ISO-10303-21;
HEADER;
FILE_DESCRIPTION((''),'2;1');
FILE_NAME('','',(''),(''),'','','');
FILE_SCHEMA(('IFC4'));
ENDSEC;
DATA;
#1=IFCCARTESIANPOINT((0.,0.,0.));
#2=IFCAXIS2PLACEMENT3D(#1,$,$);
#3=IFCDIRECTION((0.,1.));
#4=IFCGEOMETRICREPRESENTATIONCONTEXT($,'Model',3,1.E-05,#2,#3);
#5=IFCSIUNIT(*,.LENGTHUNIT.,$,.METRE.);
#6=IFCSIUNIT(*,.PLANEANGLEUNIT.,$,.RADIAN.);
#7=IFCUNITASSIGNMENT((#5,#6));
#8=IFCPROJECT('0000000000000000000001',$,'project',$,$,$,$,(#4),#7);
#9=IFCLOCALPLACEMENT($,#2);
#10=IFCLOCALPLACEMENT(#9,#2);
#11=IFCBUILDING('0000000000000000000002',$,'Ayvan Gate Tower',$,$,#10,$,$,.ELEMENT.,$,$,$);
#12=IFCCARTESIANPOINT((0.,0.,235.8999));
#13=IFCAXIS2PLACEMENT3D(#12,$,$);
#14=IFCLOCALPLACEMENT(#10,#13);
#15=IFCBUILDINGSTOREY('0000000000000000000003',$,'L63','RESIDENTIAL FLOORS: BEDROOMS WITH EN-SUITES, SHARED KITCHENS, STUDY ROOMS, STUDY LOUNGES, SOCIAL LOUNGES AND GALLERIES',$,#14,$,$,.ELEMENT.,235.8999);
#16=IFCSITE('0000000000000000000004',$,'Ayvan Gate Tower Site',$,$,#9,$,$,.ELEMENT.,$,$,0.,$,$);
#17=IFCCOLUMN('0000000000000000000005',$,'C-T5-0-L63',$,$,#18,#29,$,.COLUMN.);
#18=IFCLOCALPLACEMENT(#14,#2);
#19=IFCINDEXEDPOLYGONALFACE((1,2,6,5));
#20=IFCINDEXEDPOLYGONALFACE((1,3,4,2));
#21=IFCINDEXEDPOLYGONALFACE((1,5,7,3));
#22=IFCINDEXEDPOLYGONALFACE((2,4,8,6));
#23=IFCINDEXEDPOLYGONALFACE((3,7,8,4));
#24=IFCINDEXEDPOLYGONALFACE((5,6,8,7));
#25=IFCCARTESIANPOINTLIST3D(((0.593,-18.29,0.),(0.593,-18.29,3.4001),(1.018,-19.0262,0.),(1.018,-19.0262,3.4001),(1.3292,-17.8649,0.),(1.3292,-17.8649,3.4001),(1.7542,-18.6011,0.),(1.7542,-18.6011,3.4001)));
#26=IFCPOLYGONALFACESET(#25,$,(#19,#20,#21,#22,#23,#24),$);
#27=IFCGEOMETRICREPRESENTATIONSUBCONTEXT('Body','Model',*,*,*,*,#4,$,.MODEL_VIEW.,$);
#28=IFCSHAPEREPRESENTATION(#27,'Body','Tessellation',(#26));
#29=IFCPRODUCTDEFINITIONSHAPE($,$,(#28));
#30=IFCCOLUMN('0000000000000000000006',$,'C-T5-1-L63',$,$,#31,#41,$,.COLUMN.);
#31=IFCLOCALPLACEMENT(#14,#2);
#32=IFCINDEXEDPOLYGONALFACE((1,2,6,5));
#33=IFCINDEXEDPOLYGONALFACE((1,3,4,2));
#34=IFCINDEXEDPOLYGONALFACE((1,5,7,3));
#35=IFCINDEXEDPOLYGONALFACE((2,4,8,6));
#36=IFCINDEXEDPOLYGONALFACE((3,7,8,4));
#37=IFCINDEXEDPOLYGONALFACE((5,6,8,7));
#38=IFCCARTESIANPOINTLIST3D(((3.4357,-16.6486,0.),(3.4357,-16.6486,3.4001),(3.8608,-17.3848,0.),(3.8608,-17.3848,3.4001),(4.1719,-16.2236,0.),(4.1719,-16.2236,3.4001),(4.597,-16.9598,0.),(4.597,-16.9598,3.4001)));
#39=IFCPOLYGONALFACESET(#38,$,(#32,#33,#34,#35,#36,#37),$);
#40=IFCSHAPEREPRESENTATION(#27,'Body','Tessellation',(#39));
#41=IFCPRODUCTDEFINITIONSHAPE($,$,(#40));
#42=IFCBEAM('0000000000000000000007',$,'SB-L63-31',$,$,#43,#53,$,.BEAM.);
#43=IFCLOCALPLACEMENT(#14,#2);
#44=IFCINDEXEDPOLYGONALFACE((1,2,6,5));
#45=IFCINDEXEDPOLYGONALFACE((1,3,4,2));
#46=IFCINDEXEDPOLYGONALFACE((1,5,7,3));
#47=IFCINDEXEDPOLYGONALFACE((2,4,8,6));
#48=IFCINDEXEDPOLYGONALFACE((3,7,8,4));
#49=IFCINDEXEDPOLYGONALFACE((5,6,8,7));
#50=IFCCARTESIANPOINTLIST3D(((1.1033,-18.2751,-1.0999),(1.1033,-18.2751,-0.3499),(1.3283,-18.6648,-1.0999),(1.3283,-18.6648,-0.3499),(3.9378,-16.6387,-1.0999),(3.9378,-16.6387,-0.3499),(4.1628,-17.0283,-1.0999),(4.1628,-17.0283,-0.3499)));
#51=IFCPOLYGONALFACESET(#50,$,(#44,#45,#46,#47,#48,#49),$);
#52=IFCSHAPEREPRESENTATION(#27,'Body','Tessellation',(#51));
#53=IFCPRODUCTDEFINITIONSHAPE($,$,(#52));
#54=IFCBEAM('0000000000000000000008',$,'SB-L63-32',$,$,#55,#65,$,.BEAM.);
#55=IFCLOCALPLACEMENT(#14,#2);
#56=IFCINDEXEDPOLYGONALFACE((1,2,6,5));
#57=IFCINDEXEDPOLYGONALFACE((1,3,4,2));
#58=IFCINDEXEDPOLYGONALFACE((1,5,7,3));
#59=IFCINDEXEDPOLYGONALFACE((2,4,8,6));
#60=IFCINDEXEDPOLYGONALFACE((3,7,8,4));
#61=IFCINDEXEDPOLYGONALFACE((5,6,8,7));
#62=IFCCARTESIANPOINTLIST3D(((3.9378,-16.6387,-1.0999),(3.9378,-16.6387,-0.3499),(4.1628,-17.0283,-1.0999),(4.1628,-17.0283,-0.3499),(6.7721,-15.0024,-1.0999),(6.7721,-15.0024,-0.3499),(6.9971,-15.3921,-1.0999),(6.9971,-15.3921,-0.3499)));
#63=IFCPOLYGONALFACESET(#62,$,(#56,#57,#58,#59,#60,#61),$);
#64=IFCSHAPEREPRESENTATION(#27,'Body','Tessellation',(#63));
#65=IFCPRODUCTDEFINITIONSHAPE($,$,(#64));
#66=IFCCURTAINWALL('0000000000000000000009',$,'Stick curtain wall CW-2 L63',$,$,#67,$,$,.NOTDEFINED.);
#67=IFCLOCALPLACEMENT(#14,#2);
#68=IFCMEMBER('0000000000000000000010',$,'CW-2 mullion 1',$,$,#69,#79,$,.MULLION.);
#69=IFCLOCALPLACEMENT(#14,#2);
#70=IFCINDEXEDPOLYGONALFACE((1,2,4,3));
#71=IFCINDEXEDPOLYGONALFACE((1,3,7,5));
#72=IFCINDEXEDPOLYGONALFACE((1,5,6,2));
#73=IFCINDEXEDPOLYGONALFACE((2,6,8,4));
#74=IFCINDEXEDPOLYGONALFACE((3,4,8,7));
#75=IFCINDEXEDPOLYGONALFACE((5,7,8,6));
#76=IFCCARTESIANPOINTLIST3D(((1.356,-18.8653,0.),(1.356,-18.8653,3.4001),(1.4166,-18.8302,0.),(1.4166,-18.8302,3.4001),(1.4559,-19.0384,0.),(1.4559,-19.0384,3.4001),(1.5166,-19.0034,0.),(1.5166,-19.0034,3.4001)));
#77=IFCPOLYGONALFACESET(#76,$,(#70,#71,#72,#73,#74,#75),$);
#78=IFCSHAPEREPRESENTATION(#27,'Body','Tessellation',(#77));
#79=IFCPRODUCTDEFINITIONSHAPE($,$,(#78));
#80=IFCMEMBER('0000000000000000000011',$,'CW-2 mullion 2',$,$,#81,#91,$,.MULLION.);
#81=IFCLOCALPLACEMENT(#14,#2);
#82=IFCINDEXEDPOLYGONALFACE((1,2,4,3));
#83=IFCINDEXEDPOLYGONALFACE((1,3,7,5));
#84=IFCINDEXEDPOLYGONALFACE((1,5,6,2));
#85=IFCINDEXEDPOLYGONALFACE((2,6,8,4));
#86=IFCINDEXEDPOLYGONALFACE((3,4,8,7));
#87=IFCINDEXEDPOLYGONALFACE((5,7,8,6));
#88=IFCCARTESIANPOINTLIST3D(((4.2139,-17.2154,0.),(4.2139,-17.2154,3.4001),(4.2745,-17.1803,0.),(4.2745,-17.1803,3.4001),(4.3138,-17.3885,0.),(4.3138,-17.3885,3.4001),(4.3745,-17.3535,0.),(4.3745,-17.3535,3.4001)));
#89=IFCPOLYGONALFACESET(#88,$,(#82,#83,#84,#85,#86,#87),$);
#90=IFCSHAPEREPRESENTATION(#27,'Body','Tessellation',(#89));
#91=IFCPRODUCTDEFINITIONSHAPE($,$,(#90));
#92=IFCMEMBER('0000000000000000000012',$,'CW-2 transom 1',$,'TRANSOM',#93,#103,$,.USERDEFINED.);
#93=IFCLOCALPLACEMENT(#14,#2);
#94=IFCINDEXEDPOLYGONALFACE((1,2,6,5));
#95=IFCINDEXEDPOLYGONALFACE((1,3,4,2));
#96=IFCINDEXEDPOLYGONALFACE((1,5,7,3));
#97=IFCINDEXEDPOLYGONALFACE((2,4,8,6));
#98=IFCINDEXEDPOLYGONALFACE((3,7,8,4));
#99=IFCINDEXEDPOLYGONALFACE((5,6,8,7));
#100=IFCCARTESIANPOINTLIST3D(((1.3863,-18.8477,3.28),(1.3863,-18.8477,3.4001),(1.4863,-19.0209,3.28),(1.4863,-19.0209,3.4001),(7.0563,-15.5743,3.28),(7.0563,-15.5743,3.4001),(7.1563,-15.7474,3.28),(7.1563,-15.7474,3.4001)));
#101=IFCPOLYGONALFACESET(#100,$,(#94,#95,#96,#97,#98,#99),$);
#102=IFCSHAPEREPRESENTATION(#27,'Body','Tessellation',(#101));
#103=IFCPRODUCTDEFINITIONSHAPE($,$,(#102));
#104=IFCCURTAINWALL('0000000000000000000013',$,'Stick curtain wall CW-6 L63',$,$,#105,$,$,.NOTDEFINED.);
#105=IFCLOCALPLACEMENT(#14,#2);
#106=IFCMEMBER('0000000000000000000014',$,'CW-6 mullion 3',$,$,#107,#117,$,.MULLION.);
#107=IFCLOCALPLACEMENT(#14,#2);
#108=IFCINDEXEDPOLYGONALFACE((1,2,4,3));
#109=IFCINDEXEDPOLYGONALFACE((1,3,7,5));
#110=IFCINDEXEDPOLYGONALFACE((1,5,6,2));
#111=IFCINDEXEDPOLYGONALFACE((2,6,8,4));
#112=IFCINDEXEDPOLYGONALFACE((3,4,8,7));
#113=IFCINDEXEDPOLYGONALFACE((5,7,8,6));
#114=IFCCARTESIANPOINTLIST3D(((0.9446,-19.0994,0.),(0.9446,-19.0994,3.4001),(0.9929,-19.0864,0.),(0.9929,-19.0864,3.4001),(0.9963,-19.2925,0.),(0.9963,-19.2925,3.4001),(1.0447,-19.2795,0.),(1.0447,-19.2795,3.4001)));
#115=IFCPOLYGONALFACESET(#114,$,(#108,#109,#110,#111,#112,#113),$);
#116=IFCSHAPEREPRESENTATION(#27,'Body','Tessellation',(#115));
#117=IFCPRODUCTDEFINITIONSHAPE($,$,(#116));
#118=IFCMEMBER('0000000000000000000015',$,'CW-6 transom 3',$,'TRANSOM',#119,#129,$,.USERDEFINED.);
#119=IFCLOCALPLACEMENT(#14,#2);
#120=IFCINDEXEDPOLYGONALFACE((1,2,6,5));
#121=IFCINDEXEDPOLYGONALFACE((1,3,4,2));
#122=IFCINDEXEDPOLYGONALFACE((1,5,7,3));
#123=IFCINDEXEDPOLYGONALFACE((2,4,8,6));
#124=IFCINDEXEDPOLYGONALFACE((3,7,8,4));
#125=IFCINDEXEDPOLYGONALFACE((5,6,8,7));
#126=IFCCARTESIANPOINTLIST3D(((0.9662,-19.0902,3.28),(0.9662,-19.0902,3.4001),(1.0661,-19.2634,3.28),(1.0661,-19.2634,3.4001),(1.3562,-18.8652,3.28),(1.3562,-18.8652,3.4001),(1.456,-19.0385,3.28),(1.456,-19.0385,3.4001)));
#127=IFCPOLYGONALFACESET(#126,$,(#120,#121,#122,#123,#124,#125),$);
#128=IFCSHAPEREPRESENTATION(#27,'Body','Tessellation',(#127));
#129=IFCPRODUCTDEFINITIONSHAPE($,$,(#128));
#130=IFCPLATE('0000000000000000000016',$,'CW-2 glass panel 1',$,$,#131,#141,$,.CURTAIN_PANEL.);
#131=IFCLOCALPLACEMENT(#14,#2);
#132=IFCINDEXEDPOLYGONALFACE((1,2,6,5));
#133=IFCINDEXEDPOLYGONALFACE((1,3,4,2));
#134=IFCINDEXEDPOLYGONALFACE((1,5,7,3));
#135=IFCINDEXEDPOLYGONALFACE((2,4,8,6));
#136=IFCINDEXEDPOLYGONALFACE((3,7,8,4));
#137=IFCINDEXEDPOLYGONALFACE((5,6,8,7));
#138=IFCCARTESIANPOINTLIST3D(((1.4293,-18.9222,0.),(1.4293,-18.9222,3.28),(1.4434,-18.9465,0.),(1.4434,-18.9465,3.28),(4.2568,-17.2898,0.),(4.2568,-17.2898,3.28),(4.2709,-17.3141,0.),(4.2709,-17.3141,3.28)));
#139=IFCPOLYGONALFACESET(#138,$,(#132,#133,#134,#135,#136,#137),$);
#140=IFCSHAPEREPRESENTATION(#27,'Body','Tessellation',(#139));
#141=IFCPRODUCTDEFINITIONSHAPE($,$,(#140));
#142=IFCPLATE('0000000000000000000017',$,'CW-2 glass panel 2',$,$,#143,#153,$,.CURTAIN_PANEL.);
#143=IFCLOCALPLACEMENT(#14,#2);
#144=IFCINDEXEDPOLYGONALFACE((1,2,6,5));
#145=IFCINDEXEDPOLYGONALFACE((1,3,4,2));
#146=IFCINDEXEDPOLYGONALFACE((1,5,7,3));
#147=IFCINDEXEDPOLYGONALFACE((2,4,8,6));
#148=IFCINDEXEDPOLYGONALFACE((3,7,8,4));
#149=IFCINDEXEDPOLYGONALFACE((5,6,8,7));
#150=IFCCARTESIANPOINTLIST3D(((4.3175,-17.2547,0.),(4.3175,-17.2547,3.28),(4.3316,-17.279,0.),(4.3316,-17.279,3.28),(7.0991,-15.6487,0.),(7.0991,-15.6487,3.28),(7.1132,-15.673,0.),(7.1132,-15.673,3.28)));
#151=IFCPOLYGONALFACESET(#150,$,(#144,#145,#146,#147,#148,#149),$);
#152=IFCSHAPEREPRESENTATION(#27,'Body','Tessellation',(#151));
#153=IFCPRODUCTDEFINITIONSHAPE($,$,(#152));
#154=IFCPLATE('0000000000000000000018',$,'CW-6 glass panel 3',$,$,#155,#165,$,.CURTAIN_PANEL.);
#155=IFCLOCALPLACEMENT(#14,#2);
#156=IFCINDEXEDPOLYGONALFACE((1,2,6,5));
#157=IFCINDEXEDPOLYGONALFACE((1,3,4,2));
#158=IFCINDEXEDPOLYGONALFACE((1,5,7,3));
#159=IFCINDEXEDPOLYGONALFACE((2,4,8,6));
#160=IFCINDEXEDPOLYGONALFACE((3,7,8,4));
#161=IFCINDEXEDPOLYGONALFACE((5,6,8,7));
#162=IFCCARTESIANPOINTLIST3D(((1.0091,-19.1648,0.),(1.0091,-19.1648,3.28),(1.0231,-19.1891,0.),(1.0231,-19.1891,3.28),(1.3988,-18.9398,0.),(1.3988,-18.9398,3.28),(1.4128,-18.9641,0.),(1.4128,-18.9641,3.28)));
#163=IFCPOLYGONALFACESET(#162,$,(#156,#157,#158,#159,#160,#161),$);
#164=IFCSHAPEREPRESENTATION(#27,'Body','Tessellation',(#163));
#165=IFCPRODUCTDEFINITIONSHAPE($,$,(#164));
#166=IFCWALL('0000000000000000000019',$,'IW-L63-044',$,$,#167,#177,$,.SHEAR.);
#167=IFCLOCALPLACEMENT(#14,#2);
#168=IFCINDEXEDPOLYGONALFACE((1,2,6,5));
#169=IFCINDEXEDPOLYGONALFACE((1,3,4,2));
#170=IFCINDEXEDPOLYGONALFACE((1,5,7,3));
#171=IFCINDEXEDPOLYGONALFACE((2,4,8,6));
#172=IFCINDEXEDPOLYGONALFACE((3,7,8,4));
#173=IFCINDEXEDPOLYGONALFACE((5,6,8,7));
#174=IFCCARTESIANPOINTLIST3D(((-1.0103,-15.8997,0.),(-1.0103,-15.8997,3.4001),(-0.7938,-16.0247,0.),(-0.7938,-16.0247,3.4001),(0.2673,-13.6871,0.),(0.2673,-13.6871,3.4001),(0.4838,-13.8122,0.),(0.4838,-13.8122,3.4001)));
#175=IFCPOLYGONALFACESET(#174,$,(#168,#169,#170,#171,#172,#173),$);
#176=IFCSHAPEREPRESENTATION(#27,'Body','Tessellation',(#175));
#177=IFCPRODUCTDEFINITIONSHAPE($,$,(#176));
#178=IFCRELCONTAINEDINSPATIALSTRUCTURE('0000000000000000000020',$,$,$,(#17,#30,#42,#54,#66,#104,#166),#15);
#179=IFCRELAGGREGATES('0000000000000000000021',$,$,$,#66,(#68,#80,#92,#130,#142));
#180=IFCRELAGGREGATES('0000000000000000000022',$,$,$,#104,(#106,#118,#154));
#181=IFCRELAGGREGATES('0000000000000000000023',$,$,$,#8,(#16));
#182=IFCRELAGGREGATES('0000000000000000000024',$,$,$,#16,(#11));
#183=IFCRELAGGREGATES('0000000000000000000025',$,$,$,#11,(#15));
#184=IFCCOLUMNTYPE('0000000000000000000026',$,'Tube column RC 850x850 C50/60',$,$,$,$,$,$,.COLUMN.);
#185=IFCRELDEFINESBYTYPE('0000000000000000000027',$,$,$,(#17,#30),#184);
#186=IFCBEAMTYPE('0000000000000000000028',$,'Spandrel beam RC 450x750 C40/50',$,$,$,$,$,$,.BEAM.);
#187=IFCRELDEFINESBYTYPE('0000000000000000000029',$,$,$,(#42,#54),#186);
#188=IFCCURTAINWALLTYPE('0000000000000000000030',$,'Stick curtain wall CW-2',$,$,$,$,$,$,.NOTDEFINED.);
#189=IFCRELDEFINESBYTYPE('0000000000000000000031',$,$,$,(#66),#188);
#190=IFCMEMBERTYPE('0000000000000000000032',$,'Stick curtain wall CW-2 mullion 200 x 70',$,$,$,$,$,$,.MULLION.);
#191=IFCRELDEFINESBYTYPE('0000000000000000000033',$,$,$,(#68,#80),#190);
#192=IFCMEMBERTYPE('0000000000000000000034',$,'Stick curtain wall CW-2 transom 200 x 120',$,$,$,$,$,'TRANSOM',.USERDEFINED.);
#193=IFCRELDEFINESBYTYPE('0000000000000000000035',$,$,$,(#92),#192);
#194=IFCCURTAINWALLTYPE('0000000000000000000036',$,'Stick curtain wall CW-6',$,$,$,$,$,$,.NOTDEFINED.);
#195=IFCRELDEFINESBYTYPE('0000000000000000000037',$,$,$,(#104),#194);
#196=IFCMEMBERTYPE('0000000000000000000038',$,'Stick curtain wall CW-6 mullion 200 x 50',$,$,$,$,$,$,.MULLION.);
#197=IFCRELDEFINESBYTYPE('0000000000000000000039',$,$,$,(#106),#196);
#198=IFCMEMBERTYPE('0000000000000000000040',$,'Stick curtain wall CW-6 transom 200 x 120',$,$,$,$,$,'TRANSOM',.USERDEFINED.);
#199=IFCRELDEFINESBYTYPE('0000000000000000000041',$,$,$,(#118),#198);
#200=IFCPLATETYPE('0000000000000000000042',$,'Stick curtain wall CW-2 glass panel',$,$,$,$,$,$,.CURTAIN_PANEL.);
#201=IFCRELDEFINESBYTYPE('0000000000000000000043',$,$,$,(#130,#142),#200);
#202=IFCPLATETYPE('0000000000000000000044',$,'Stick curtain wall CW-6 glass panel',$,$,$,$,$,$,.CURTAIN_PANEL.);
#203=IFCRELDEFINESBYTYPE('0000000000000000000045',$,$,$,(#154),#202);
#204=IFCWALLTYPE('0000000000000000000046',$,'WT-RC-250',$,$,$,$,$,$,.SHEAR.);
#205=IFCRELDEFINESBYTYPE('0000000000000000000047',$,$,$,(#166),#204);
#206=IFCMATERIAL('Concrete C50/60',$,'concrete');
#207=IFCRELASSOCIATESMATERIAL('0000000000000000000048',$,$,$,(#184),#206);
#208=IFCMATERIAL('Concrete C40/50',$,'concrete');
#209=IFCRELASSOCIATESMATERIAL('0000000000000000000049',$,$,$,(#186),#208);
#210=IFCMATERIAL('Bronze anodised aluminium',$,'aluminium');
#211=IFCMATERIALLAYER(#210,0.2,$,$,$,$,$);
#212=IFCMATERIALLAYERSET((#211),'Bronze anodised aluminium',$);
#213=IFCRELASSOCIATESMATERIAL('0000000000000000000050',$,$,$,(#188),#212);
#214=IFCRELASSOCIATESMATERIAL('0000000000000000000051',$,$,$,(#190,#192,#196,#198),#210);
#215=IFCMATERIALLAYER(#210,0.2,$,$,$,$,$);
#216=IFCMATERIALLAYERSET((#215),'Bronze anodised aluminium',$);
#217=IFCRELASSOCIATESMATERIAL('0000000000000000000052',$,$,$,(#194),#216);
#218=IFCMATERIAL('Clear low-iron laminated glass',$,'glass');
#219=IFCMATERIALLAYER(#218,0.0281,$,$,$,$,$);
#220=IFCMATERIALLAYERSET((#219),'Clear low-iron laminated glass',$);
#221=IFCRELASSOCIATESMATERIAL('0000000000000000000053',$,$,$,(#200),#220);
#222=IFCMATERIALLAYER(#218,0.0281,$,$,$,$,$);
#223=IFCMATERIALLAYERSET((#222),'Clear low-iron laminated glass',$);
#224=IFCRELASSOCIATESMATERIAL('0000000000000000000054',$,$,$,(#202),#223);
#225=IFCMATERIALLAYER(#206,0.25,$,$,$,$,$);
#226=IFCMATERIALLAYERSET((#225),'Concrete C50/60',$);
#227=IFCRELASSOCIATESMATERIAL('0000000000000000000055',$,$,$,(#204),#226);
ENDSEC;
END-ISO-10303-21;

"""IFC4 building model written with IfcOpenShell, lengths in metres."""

from ifc_helpers import new_model, si_unit, direction, frame, frame_2d, origin, origin_2d, place, context, subcontext, project, spatial, rectangle, extrude, material, layer, layer_set, material_profile, profile_set, type_object, element, aggregate, save


model = new_model("IFC4")

# Units and contexts
model_context = context("Model", 3, precision=1e-05, world=origin(), true_north=direction((0.0, 1.0)))
body_context = subcontext(model_context, "Body", "Model", "MODEL_VIEW")
ifc_project = project(units=[si_unit("LENGTHUNIT", "METRE"), si_unit("PLANEANGLEUNIT", "RADIAN")], contexts=[model_context])

# Site, building, storey
site_placement = place(None, origin())
site = spatial("IfcSite", under=ifc_project, at=site_placement, Name="Ayvan Gate Tower Site", CompositionType="ELEMENT", RefElevation=0.0)
building_placement = place(site_placement, origin())
building = spatial("IfcBuilding", under=site, at=building_placement, Name="Ayvan Gate Tower", CompositionType="ELEMENT")
storey_placement = place(building_placement, frame((0.0, 0.0, 235.8999)))
storey = spatial("IfcBuildingStorey", under=building, at=storey_placement, Name="L63", Description="RESIDENTIAL FLOORS: BEDROOMS WITH EN-SUITES, SHARED KITCHENS, STUDY ROOMS, STUDY LOUNGES, SOCIAL LOUNGES AND GALLERIES", CompositionType="ELEMENT", Elevation=235.8999)

# Columns
ifc_material_1 = material(Name="Concrete C50/60", Category="concrete")
ifc_material_profile_1 = material_profile(ifc_material_1, rectangle(XDim=0.8501, YDim=0.8501, at=origin_2d()), Name="RC 850x850")
ifc_profile_set_1 = profile_set([ifc_material_profile_1], Name="Concrete C50/60")
column_type = type_object("IfcColumnType", Name="Tube column RC 850x850 C50/60", PredefinedType="COLUMN", material=ifc_profile_set_1)
for number, where, z_axis, x_axis, name in (
    (1, (1.1736, -18.4456, 0.0), (0.0, 0.0, 1.0), (0.5, -0.866025, 0.0), "C-T5-0-L63"),
    (2, (4.0164, -16.8042, 0.0), (0.0, 0.0, 1.0), (0.5, -0.866025, 0.0), "C-T5-1-L63"),
):
    element("IfcColumn", number, at=place(storey_placement, frame(where, z_axis=z_axis, x_axis=x_axis)), inside=storey, type_object=column_type, Name=name, PredefinedType="COLUMN", context=body_context, shape_type="SweptSolid", body=[
        extrude(rectangle(XDim=0.8501, YDim=0.8501, at=origin_2d()), origin(), (0.0, 0.0, 1.0), 3.4001),
    ])

# Beams
ifc_material_2 = material(Name="Concrete C40/50", Category="concrete")
ifc_material_profile_2 = material_profile(ifc_material_2, rectangle(XDim=0.45, YDim=0.75, at=origin_2d()), Name="RC 450x750")
ifc_profile_set_2 = profile_set([ifc_material_profile_2], Name="Concrete C40/50")
beam_type = type_object("IfcBeamType", Name="Spandrel beam RC 450x750 C40/50", PredefinedType="BEAM", material=ifc_profile_set_2)
beam_1_placement = place(storey_placement, frame((1.2158, -18.47, -0.7249), z_axis=(0.866027, 0.499998, 0.0), x_axis=(-0.499998, 0.866027, 0.0)))
element("IfcBeam", 3, at=beam_1_placement, inside=storey, type_object=beam_type, Name="SB-L63-31", PredefinedType="BEAM", context=body_context, shape_type="SweptSolid", body=[
    extrude(rectangle(XDim=0.45, YDim=0.75, at=origin_2d()), origin(), (0.0, 0.0, 1.0), 3.2729),
])
beam_2_placement = place(storey_placement, frame((4.0503, -16.8335, -0.7249), z_axis=(0.86604, 0.499974, 0.0), x_axis=(-0.499974, 0.86604, 0.0)))
element("IfcBeam", 4, at=beam_2_placement, inside=storey, type_object=beam_type, Name="SB-L63-32", PredefinedType="BEAM", context=body_context, shape_type="SweptSolid", body=[
    extrude(rectangle(XDim=0.45, YDim=0.75, at=origin_2d()), origin(), (0.0, 0.0, 1.0), 3.2727),
])

# Curtain walls, members
ifc_material_3 = material(Name="Bronze anodised aluminium", Category="aluminium")
ifc_layer_1 = layer(ifc_material_3, 0.2)
ifc_layer_set_1 = layer_set([ifc_layer_1], Name="Bronze anodised aluminium")
curtain_wall_type_1 = type_object("IfcCurtainWallType", Name="Stick curtain wall CW-2", PredefinedType="NOTDEFINED", material=ifc_layer_set_1)
curtain_wall_1_placement = place(storey_placement, origin())
curtain_wall_1 = element("IfcCurtainWall", 5, at=curtain_wall_1_placement, inside=storey, type_object=curtain_wall_type_1, Name="Stick curtain wall CW-2 L63", PredefinedType="NOTDEFINED")
ifc_material_profile_3 = material_profile(ifc_material_3, rectangle(XDim=0.2, YDim=0.0701, at=origin_2d()), Name="Stick curtain wall CW-2 mullion 200 x 70")
ifc_profile_set_3 = profile_set([ifc_material_profile_3], Name="Bronze anodised aluminium")
member_type_1 = type_object("IfcMemberType", Name="Stick curtain wall CW-2 mullion 200 x 70", PredefinedType="MULLION", material=ifc_profile_set_3)
member_1_placement = place(storey_placement, frame((1.4363, -18.9343, 0.0), z_axis=(0.0, 0.0, 1.0), x_axis=(0.5, -0.866025, 0.0)))
member_1 = element("IfcMember", 6, at=member_1_placement, type_object=member_type_1, Name="CW-2 mullion 1", PredefinedType="MULLION", context=body_context, shape_type="SweptSolid", body=[
    extrude(rectangle(XDim=0.2, YDim=0.0701, at=origin_2d()), origin(), (0.0, 0.0, 1.0), 3.4001),
])
member_2_placement = place(storey_placement, frame((4.2942, -17.2844, 0.0), z_axis=(0.0, 0.0, 1.0), x_axis=(0.5, -0.866025, 0.0)))
member_2 = element("IfcMember", 7, at=member_2_placement, type_object=member_type_1, Name="CW-2 mullion 2", PredefinedType="MULLION", context=body_context, shape_type="SweptSolid", body=[
    extrude(rectangle(XDim=0.2, YDim=0.0701, at=origin_2d()), origin(), (0.0, 0.0, 1.0), 3.4001),
])
ifc_material_profile_4 = material_profile(ifc_material_3, rectangle(XDim=0.2, YDim=0.1201, at=origin_2d()), Name="Stick curtain wall CW-2 transom 200 x 120")
ifc_profile_set_4 = profile_set([ifc_material_profile_4], Name="Bronze anodised aluminium")
member_type_2 = type_object("IfcMemberType", Name="Stick curtain wall CW-2 transom 200 x 120", ElementType="TRANSOM", PredefinedType="USERDEFINED", material=ifc_profile_set_4)
member_3_placement = place(storey_placement, frame((1.4363, -18.9343, 3.3401), z_axis=(0.866032, 0.499989, 0.0), x_axis=(-0.499989, 0.866032, 0.0)))
member_3 = element("IfcMember", 8, at=member_3_placement, type_object=member_type_2, Name="CW-2 transom 1", ObjectType="TRANSOM", PredefinedType="USERDEFINED", context=body_context, shape_type="SweptSolid", body=[
    extrude(rectangle(XDim=0.2, YDim=0.1201, at=origin_2d()), origin(), (0.0, 0.0, 1.0), 6.5471),
])
ifc_layer_2 = layer(ifc_material_3, 0.2)
ifc_layer_set_2 = layer_set([ifc_layer_2], Name="Bronze anodised aluminium")
curtain_wall_type_2 = type_object("IfcCurtainWallType", Name="Stick curtain wall CW-6", PredefinedType="NOTDEFINED", material=ifc_layer_set_2)
curtain_wall_2_placement = place(storey_placement, origin())
curtain_wall_2 = element("IfcCurtainWall", 9, at=curtain_wall_2_placement, inside=storey, type_object=curtain_wall_type_2, Name="Stick curtain wall CW-6 L63", PredefinedType="NOTDEFINED")
ifc_material_profile_5 = material_profile(ifc_material_3, rectangle(XDim=0.2, YDim=0.05, at=origin_2d()), Name="Stick curtain wall CW-6 mullion 200 x 50")
ifc_profile_set_5 = profile_set([ifc_material_profile_5], Name="Bronze anodised aluminium")
member_type_3 = type_object("IfcMemberType", Name="Stick curtain wall CW-6 mullion 200 x 50", PredefinedType="MULLION", material=ifc_profile_set_5)
member_4_placement = place(storey_placement, frame((0.9946, -19.1895, 0.0), z_axis=(0.0, 0.0, 1.0), x_axis=(0.258819, -0.965926, 0.0)))
member_4 = element("IfcMember", 10, at=member_4_placement, type_object=member_type_3, Name="CW-6 mullion 3", PredefinedType="MULLION", context=body_context, shape_type="SweptSolid", body=[
    extrude(rectangle(XDim=0.2, YDim=0.05, at=origin_2d()), origin(), (0.0, 0.0, 1.0), 3.4001),
])
ifc_material_profile_6 = material_profile(ifc_material_3, rectangle(XDim=0.2, YDim=0.1201, at=origin_2d()), Name="Stick curtain wall CW-6 transom 200 x 120")
ifc_profile_set_6 = profile_set([ifc_material_profile_6], Name="Bronze anodised aluminium")
member_type_4 = type_object("IfcMemberType", Name="Stick curtain wall CW-6 transom 200 x 120", ElementType="TRANSOM", PredefinedType="USERDEFINED", material=ifc_profile_set_6)
member_5_placement = place(storey_placement, frame((1.0161, -19.1768, 3.3401), z_axis=(0.866267, 0.499582, 0.0), x_axis=(-0.499582, 0.866267, 0.0)))
member_5 = element("IfcMember", 11, at=member_5_placement, type_object=member_type_4, Name="CW-6 transom 3", ObjectType="TRANSOM", PredefinedType="USERDEFINED", context=body_context, shape_type="SweptSolid", body=[
    extrude(rectangle(XDim=0.2, YDim=0.1201, at=origin_2d()), origin(), (0.0, 0.0, 1.0), 0.4502),
])

# Plates
ifc_material_4 = material(Name="Clear low-iron laminated glass", Category="glass")
ifc_layer_3 = layer(ifc_material_4, 0.0281)
ifc_layer_set_3 = layer_set([ifc_layer_3], Name="Clear low-iron laminated glass")
plate_type_1 = type_object("IfcPlateType", Name="Stick curtain wall CW-2 glass panel", PredefinedType="CURTAIN_PANEL", material=ifc_layer_set_3)
plate_1_placement = place(storey_placement, frame((2.8501, -18.1182, 0.0), z_axis=(0.0, 0.0, 1.0), x_axis=(0.866025, 0.5, 0.0)))
plate_1 = element("IfcPlate", 12, at=plate_1_placement, type_object=plate_type_1, Name="CW-2 glass panel 1", PredefinedType="CURTAIN_PANEL", context=body_context, shape_type="SweptSolid", body=[
    extrude(rectangle(XDim=3.2649, YDim=0.0281, at=origin_2d()), origin(), (0.0, 0.0, 1.0), 3.28),
])
plate_2_placement = place(storey_placement, frame((5.7153, -16.4639, 0.0), z_axis=(0.0, 0.0, 1.0), x_axis=(0.866025, 0.5, 0.0)))
plate_2 = element("IfcPlate", 13, at=plate_2_placement, type_object=plate_type_1, Name="CW-2 glass panel 2", PredefinedType="CURTAIN_PANEL", context=body_context, shape_type="SweptSolid", body=[
    extrude(rectangle(XDim=3.2119, YDim=0.0281, at=origin_2d()), origin(), (0.0, 0.0, 1.0), 3.28),
])
aggregate(curtain_wall_1, [member_1, member_2, member_3, plate_1, plate_2])
ifc_layer_4 = layer(ifc_material_4, 0.0281)
ifc_layer_set_4 = layer_set([ifc_layer_4], Name="Clear low-iron laminated glass")
plate_type_2 = type_object("IfcPlateType", Name="Stick curtain wall CW-6 glass panel", PredefinedType="CURTAIN_PANEL", material=ifc_layer_set_4)
plate_3_placement = place(storey_placement, frame((1.2109, -19.0645, 0.0), z_axis=(0.0, 0.0, 1.0), x_axis=(0.866025, 0.5, 0.0)))
plate_3 = element("IfcPlate", 14, at=plate_3_placement, type_object=plate_type_2, Name="CW-6 glass panel 3", PredefinedType="CURTAIN_PANEL", context=body_context, shape_type="SweptSolid", body=[
    extrude(rectangle(XDim=0.45, YDim=0.0281, at=origin_2d()), origin(), (0.0, 0.0, 1.0), 3.28),
])
aggregate(curtain_wall_2, [member_4, member_5, plate_3])

# Wall
ifc_layer_5 = layer(ifc_material_1, 0.25)
ifc_layer_set_5 = layer_set([ifc_layer_5], Name="Concrete C50/60")
wall_type = type_object("IfcWallType", Name="WT-RC-250", PredefinedType="SHEAR", material=ifc_layer_set_5)
wall_1_placement = place(storey_placement, frame((0.3755, -13.7498, 0.0), z_axis=(0.0, 0.0, 1.0), x_axis=(-0.500034, -0.866006, 0.0)))
element("IfcWall", 15, at=wall_1_placement, inside=storey, type_object=wall_type, Name="IW-L63-044", PredefinedType="SHEAR", context=body_context, shape_type="SweptSolid", body=[
    extrude(rectangle(XDim=2.5549, YDim=0.25, at=frame_2d((1.2773, 0.0))), origin(), (0.0, 0.0, 1.0), 3.4001),
])

save(model, "model.ifc")
